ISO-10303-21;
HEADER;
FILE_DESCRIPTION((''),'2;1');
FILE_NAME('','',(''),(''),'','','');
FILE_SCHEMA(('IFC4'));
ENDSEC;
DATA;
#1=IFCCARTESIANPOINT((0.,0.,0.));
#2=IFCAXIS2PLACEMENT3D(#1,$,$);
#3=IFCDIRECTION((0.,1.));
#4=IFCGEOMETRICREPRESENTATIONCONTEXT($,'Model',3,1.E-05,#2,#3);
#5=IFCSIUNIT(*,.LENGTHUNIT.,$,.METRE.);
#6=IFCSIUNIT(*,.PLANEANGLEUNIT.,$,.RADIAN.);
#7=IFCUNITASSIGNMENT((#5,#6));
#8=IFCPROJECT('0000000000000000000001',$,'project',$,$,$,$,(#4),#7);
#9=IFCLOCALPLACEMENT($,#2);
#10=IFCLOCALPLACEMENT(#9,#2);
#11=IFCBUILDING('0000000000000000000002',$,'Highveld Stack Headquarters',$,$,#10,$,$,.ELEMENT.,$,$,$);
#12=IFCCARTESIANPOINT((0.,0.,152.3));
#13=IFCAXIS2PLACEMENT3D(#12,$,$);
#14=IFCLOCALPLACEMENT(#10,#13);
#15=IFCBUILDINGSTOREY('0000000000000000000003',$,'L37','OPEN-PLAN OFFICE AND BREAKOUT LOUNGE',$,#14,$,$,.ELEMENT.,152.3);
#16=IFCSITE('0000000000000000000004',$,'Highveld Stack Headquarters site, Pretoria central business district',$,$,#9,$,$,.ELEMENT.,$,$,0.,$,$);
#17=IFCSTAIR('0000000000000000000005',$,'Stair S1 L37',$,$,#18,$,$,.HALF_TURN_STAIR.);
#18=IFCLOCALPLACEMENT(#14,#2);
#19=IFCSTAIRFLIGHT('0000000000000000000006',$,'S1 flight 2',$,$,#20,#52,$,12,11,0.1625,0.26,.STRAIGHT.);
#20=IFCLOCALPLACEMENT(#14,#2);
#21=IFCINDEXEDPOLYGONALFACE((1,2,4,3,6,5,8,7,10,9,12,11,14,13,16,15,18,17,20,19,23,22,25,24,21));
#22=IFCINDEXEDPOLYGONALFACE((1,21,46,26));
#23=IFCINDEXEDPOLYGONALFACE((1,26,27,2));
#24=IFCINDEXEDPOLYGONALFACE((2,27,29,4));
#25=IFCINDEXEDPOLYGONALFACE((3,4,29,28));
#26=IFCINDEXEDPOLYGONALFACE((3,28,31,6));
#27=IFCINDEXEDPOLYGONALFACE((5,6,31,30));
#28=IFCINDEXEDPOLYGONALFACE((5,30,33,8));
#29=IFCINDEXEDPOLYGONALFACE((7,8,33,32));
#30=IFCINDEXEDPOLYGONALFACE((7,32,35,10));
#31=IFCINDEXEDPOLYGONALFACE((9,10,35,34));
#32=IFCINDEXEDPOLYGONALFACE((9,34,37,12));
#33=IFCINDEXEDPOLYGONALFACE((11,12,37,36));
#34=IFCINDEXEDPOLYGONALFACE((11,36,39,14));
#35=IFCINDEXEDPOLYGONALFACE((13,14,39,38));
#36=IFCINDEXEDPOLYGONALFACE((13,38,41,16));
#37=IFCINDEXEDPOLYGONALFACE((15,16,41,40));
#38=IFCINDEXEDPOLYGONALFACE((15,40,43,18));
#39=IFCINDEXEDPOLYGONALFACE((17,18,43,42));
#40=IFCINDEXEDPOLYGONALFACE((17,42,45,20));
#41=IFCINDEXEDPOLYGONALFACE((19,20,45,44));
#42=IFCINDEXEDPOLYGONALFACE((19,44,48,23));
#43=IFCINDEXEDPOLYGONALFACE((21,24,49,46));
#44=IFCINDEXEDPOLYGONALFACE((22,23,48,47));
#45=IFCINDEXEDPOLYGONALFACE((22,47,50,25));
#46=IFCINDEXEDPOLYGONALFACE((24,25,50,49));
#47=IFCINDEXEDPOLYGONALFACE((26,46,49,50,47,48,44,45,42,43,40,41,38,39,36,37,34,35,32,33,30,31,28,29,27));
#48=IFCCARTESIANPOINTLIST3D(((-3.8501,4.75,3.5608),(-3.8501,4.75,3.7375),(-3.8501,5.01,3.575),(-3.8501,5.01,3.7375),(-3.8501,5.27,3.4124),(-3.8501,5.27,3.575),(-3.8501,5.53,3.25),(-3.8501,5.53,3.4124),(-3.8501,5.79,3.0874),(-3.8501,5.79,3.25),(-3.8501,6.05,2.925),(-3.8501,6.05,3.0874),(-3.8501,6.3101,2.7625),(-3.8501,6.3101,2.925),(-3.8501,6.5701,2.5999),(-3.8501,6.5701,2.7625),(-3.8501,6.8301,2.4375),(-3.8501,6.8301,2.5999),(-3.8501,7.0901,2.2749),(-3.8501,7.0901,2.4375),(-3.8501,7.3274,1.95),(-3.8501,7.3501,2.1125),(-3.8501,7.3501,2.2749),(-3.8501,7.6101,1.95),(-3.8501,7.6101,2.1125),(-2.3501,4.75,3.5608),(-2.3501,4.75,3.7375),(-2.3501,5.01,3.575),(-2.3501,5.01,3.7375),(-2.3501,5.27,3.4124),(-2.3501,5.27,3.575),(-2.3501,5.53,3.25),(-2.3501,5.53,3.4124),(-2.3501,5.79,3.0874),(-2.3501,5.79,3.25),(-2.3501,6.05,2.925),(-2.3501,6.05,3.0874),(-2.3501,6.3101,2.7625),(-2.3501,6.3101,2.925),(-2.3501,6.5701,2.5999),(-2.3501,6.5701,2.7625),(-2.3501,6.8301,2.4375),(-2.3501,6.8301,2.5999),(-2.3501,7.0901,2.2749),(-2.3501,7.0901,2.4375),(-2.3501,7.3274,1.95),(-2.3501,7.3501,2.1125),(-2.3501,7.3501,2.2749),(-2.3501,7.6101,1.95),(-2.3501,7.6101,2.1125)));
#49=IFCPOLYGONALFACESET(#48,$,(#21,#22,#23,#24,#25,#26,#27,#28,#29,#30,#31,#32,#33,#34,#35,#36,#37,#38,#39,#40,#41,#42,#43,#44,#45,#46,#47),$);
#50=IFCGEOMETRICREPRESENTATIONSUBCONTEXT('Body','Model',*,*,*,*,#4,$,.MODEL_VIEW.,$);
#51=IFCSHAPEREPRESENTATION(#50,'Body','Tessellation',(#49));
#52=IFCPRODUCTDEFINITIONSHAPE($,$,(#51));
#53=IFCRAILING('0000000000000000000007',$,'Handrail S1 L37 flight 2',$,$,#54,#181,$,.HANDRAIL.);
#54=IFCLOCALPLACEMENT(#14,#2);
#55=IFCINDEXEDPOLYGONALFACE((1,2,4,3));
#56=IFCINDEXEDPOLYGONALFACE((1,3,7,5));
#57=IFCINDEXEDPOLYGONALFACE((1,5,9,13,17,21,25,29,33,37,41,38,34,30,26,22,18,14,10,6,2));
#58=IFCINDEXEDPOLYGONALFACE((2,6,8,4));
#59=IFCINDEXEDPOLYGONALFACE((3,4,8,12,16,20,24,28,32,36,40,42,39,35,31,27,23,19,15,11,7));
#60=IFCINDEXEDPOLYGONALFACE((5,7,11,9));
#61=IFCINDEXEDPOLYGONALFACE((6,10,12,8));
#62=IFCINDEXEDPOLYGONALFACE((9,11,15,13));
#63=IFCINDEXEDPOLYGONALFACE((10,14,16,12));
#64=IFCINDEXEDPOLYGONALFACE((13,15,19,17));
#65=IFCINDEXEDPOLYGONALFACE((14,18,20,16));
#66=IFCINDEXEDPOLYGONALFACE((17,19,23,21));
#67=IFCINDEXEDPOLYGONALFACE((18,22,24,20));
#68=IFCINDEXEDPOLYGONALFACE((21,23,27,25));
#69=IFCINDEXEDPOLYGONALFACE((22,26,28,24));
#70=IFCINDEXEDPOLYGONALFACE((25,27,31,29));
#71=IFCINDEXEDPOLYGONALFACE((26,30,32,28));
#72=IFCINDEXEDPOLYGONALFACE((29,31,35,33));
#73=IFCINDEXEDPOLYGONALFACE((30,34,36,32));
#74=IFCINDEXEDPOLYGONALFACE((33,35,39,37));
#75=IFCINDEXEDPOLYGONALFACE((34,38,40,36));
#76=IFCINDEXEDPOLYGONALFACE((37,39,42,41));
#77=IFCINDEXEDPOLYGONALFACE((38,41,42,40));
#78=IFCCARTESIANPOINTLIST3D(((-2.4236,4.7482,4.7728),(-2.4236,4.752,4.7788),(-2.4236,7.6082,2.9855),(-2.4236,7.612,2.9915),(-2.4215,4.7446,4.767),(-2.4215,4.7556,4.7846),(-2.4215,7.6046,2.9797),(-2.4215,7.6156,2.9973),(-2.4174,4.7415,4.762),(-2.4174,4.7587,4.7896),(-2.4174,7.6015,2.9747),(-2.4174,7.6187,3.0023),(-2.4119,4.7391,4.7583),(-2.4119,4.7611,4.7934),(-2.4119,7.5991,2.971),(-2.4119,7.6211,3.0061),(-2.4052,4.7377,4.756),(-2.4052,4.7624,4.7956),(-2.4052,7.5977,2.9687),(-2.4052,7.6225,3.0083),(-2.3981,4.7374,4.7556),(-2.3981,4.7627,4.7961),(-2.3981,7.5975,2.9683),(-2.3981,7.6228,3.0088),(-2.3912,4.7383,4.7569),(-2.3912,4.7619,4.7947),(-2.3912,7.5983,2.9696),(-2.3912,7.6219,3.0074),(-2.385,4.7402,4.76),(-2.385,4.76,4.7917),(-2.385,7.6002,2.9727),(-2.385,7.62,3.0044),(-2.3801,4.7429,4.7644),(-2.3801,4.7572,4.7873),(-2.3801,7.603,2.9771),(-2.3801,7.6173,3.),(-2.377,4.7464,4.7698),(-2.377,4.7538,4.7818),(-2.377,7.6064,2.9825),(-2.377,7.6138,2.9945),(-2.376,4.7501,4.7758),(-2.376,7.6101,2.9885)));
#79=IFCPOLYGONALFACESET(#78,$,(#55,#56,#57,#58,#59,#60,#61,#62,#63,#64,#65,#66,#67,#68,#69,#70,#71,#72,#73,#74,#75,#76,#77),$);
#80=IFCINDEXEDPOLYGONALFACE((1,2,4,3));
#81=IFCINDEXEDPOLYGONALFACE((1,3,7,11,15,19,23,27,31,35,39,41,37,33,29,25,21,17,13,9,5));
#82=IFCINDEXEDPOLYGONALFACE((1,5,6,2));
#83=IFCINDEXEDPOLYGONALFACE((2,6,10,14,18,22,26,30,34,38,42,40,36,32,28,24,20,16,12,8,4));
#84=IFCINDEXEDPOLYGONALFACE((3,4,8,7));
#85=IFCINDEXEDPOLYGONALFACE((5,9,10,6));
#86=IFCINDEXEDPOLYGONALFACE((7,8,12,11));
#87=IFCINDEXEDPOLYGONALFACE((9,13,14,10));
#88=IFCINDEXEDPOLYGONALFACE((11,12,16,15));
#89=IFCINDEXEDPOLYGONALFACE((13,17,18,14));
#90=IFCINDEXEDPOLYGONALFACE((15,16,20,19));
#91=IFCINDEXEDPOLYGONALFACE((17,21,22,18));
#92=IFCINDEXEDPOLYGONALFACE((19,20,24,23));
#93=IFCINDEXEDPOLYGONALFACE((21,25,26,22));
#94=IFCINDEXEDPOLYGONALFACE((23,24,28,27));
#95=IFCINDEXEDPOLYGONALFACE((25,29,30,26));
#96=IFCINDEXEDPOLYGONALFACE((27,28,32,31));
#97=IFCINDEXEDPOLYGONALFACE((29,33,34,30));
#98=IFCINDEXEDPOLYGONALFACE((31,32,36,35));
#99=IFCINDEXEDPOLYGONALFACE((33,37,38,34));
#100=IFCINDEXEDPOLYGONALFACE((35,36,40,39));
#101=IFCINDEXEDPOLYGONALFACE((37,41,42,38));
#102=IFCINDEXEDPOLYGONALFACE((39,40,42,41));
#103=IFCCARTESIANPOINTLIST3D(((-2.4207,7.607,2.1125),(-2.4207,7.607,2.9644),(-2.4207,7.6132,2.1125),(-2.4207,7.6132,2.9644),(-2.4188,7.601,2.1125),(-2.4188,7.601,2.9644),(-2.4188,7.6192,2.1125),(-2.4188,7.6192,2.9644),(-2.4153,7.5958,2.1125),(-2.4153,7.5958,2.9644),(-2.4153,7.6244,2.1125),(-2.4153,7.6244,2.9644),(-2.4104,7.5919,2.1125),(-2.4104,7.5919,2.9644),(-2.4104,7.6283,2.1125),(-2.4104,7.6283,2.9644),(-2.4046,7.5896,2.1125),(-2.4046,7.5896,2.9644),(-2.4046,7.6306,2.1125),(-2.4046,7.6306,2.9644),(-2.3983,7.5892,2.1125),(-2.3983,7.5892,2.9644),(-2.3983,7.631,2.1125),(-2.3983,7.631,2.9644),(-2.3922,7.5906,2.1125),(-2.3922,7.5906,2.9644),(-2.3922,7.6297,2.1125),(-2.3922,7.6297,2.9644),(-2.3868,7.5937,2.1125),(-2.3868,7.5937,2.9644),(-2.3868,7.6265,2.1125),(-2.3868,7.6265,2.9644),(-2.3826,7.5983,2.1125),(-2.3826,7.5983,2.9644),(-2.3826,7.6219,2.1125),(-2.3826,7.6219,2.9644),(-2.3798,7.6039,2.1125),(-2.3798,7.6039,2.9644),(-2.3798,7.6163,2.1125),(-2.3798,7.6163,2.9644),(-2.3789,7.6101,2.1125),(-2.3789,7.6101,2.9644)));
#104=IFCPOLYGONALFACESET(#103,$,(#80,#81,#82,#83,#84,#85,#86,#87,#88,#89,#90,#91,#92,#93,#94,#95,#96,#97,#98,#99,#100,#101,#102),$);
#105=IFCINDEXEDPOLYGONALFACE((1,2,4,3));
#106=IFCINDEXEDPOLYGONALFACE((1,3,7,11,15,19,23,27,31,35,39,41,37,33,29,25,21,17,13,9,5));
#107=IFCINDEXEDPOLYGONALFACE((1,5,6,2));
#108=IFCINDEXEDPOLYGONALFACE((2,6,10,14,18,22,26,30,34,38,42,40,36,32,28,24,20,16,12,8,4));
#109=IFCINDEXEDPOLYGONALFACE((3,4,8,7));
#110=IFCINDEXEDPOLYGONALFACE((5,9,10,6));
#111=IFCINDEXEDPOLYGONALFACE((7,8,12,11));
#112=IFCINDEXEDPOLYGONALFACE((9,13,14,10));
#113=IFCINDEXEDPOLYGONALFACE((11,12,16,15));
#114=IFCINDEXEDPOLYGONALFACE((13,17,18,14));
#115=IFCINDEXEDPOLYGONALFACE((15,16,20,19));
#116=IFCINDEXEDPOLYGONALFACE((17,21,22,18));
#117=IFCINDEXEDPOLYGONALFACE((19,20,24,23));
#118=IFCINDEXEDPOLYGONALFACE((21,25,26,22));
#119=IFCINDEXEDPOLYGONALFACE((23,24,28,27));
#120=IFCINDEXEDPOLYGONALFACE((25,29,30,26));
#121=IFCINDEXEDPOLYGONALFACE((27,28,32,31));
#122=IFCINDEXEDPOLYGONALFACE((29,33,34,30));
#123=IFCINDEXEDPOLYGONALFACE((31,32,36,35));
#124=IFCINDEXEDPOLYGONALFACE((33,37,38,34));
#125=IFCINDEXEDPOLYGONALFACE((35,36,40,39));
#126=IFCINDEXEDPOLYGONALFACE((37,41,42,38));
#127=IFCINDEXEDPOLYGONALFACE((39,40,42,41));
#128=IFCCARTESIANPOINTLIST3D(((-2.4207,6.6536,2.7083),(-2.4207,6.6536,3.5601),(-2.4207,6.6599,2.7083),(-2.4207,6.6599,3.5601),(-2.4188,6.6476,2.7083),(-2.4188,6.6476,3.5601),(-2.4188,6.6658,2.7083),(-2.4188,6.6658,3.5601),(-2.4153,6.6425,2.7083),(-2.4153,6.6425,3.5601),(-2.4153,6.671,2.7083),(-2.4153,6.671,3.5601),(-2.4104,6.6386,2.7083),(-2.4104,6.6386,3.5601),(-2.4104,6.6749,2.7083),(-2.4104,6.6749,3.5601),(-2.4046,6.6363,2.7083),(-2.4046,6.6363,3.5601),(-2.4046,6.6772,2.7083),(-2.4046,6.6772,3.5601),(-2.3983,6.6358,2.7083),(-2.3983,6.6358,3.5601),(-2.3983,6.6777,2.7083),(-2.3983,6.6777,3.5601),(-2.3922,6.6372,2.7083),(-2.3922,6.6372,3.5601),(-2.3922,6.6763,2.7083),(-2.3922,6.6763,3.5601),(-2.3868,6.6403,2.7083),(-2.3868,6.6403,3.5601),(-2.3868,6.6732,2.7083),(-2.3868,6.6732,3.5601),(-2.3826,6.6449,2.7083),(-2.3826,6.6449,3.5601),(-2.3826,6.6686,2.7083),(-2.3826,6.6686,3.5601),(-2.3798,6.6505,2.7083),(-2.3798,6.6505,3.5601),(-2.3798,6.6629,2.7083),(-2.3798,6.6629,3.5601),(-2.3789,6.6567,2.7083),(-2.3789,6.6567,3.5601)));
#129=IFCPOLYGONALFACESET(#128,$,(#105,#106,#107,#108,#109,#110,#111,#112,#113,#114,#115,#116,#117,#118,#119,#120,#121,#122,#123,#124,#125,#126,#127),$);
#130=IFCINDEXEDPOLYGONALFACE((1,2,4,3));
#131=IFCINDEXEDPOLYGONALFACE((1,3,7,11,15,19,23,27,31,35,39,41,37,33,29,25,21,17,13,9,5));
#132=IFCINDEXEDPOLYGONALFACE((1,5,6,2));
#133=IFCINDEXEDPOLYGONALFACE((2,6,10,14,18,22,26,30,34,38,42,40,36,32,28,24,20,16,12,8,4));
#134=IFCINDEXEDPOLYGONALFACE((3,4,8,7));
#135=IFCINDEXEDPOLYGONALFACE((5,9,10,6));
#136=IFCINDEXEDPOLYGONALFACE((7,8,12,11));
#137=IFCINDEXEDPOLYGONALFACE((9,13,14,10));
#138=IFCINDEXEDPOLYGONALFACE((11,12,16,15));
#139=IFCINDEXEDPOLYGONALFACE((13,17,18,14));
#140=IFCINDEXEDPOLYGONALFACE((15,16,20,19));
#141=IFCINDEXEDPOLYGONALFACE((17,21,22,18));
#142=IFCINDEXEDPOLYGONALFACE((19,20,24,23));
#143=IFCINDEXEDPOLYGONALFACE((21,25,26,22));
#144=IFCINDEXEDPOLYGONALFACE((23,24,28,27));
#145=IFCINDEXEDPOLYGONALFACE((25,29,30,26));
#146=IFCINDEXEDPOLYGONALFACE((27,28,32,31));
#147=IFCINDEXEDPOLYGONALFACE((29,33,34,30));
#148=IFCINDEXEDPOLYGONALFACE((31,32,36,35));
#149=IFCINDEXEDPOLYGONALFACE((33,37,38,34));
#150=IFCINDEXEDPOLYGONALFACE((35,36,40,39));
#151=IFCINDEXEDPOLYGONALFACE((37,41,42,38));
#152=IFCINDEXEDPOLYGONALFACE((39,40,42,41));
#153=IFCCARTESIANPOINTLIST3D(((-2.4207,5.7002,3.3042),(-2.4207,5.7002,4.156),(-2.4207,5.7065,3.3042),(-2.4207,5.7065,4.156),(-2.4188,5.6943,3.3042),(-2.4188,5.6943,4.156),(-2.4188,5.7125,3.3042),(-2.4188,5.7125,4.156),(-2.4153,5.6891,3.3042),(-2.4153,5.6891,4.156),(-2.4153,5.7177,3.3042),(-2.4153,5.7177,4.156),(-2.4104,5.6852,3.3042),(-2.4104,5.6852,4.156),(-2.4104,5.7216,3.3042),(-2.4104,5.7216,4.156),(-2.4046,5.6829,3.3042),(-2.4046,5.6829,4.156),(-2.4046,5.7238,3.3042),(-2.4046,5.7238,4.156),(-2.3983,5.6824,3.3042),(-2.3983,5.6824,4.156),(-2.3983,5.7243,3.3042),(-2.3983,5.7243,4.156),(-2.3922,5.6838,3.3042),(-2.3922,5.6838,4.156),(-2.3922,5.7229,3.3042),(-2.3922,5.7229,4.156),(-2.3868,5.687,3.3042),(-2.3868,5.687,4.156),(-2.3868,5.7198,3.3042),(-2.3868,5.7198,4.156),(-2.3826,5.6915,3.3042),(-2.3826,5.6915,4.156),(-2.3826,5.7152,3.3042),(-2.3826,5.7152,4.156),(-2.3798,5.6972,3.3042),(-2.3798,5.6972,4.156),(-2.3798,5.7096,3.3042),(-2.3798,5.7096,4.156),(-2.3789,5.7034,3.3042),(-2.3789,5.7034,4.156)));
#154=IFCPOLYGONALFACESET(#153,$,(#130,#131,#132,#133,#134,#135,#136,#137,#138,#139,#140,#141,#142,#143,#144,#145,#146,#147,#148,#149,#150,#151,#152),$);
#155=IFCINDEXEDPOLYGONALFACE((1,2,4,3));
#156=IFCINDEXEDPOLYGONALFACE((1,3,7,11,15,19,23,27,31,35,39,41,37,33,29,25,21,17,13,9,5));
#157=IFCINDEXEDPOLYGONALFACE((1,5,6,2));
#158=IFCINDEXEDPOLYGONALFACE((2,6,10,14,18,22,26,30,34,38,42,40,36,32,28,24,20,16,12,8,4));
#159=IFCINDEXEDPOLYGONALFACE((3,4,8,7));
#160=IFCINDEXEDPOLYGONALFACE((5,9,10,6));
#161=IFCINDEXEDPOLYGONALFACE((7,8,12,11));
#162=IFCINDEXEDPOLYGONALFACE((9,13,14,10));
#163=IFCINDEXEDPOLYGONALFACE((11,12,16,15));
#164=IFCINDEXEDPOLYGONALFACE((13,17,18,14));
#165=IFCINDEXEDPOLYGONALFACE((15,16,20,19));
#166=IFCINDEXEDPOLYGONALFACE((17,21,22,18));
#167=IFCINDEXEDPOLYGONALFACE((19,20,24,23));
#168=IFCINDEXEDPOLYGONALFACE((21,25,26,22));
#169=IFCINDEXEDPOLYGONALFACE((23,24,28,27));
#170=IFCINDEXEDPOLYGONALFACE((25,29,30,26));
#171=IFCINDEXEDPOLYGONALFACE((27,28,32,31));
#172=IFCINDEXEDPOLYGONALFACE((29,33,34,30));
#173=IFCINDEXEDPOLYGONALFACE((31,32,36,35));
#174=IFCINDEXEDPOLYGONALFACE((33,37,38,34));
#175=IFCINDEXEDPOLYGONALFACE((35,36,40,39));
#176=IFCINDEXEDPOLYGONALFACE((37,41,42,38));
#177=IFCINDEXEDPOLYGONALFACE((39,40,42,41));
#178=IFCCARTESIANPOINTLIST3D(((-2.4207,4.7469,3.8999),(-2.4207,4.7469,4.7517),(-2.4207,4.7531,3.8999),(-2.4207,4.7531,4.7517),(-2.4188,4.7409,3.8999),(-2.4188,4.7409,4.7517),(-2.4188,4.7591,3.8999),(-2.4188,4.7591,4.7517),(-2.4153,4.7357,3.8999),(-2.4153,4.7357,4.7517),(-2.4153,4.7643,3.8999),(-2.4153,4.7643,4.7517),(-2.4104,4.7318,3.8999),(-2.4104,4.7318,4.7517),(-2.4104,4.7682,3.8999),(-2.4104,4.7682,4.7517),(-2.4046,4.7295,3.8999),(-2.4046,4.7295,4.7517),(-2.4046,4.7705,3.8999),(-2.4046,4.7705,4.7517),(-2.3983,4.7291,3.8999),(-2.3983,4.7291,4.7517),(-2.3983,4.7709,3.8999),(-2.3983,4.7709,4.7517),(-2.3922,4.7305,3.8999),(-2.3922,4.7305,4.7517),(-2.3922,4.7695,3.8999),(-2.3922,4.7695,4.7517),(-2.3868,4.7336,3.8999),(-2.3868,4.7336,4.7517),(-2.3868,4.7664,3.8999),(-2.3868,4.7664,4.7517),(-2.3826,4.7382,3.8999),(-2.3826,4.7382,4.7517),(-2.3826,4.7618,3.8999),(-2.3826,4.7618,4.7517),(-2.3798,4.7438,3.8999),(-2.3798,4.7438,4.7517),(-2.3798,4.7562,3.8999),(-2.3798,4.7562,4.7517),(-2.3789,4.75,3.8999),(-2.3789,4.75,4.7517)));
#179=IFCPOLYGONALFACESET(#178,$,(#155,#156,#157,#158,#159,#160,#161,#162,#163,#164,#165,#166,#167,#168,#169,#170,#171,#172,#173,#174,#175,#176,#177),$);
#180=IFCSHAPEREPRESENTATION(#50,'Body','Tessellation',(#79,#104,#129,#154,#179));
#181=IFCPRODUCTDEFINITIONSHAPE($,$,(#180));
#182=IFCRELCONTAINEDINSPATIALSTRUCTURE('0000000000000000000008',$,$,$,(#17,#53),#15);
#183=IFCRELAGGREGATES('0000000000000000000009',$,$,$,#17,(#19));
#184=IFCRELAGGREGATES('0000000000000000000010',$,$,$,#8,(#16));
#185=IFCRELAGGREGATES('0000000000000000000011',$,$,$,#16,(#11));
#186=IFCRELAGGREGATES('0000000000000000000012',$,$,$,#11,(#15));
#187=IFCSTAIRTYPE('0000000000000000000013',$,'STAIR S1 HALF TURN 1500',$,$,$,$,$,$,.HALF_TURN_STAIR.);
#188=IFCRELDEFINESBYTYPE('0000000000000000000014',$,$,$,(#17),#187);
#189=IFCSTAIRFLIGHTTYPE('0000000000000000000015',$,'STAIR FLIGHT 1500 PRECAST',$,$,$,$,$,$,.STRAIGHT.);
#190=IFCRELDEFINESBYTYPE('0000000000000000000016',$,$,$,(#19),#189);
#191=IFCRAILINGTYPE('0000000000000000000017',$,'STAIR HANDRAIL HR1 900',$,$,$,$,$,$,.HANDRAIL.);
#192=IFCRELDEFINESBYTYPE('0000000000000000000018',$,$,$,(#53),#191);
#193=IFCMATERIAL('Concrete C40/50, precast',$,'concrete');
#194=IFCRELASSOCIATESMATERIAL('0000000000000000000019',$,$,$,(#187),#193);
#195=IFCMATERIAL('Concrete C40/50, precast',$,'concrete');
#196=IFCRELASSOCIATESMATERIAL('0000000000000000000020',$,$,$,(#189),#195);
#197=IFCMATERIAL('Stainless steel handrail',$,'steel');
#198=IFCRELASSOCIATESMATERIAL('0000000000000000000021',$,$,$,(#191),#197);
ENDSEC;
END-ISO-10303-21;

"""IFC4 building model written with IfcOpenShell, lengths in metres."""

from ifc_helpers import new_model, si_unit, direction, frame, origin, origin_2d, place, context, subcontext, project, spatial, polyline, circle, outline, extrude, material, type_object, element, aggregate, save


model = new_model("IFC4")

# Units and contexts
model_context = context("Model", 3, precision=1e-05, world=origin(), true_north=direction((0.0, 1.0)))
body_context = subcontext(model_context, "Body", "Model", "MODEL_VIEW")
ifc_project = project(units=[si_unit("LENGTHUNIT", "METRE"), si_unit("PLANEANGLEUNIT", "RADIAN")], contexts=[model_context])

# Site, building, storey
site_placement = place(None, origin())
site = spatial("IfcSite", under=ifc_project, at=site_placement, Name="Highveld Stack Headquarters site, Pretoria central business district", CompositionType="ELEMENT", RefElevation=0.0)
building_placement = place(site_placement, origin())
building = spatial("IfcBuilding", under=site, at=building_placement, Name="Highveld Stack Headquarters", CompositionType="ELEMENT")
storey_placement = place(building_placement, frame((0.0, 0.0, 152.3)))
storey = spatial("IfcBuildingStorey", under=building, at=storey_placement, Name="L37", Description="OPEN-PLAN OFFICE AND BREAKOUT LOUNGE", CompositionType="ELEMENT", Elevation=152.3)

# Stair, stair flight
ifc_material_1 = material(Name="Concrete C40/50, precast", Category="concrete")
stair_type = type_object("IfcStairType", Name="STAIR S1 HALF TURN 1500", PredefinedType="HALF_TURN_STAIR", material=ifc_material_1)
stair_placement = place(storey_placement, origin())
stair = element("IfcStair", 1, at=stair_placement, inside=storey, type_object=stair_type, Name="Stair S1 L37", PredefinedType="HALF_TURN_STAIR")
ifc_material_2 = material(Name="Concrete C40/50, precast", Category="concrete")
stair_flight_type = type_object("IfcStairFlightType", Name="STAIR FLIGHT 1500 PRECAST", PredefinedType="STRAIGHT", material=ifc_material_2)
stair_flight_placement = place(storey_placement, frame((-3.1001, 7.6101, 1.95), z_axis=(0.0, 0.0, 1.0), x_axis=(0.0, -1.0, 0.0)))
stair_flight = element("IfcStairFlight", 2, at=stair_flight_placement, type_object=stair_flight_type, Name="S1 flight 2", NumberOfRisers=12, NumberOfTreads=11, PredefinedType="STRAIGHT", RiserHeight=0.1625, TreadLength=0.26, context=body_context, shape_type="SweptSolid", body=[
    extrude(outline(polyline([(0.0, 0.0), (0.0, 0.1626), (0.26, 0.1626), (0.26, 0.325), (0.52, 0.325), (0.52, 0.4875), (0.78, 0.4875), (0.78, 0.6499), (1.04, 0.6499), (1.04, 0.8125), (1.3, 0.8125), (1.3, 0.9751), (1.5601, 0.9751), (1.5601, 1.1375), (1.8201, 1.1375), (1.8201, 1.3), (2.0801, 1.3), (2.0801, 1.4624), (2.3401, 1.4624), (2.3401, 1.625), (2.6001, 1.625), (2.6001, 1.7876), (2.8601, 1.7876), (2.8601, 1.95), (2.8601, 1.6108), (0.2827, 0.0), (0.0, 0.0)])), frame((0.0, 0.75, 0.0), z_axis=(0.0, -1.0, 0.0), x_axis=(1.0, 0.0, 0.0)), (0.0, 0.0, 1.0), 1.5),
])
aggregate(stair, [stair_flight])

# Railing
ifc_material_3 = material(Name="Stainless steel handrail", Category="steel")
railing_type = type_object("IfcRailingType", Name="STAIR HANDRAIL HR1 900", PredefinedType="HANDRAIL", material=ifc_material_3)
railing_placement = place(storey_placement, frame((-2.3999, 7.6101, 2.1125)))
element("IfcRailing", 3, at=railing_placement, inside=storey, type_object=railing_type, Name="Handrail S1 L37 flight 2", PredefinedType="HANDRAIL", context=body_context, shape_type="SweptSolid", body=[
    extrude(circle(Radius=0.0239, at=origin_2d()), frame((0.0, 0.0, 0.876), z_axis=(0.0, -0.848027, 0.529953), x_axis=(1.0, 0.0, 0.0)), (0.0, 0.0, 1.0), 3.3726),
    extrude(circle(Radius=0.021, at=origin_2d()), origin(), (0.0, 0.0, 1.0), 0.8518),
    extrude(circle(Radius=0.021, at=origin_2d()), frame((0.0, -0.9534, 0.5957)), (0.0, 0.0, 1.0), 0.8518),
    extrude(circle(Radius=0.021, at=origin_2d()), frame((0.0, -1.9067, 1.1917)), (0.0, 0.0, 1.0), 0.8518),
    extrude(circle(Radius=0.021, at=origin_2d()), frame((0.0, -2.8601, 1.7874)), (0.0, 0.0, 1.0), 0.8518),
])

save(model, "model.ifc")
